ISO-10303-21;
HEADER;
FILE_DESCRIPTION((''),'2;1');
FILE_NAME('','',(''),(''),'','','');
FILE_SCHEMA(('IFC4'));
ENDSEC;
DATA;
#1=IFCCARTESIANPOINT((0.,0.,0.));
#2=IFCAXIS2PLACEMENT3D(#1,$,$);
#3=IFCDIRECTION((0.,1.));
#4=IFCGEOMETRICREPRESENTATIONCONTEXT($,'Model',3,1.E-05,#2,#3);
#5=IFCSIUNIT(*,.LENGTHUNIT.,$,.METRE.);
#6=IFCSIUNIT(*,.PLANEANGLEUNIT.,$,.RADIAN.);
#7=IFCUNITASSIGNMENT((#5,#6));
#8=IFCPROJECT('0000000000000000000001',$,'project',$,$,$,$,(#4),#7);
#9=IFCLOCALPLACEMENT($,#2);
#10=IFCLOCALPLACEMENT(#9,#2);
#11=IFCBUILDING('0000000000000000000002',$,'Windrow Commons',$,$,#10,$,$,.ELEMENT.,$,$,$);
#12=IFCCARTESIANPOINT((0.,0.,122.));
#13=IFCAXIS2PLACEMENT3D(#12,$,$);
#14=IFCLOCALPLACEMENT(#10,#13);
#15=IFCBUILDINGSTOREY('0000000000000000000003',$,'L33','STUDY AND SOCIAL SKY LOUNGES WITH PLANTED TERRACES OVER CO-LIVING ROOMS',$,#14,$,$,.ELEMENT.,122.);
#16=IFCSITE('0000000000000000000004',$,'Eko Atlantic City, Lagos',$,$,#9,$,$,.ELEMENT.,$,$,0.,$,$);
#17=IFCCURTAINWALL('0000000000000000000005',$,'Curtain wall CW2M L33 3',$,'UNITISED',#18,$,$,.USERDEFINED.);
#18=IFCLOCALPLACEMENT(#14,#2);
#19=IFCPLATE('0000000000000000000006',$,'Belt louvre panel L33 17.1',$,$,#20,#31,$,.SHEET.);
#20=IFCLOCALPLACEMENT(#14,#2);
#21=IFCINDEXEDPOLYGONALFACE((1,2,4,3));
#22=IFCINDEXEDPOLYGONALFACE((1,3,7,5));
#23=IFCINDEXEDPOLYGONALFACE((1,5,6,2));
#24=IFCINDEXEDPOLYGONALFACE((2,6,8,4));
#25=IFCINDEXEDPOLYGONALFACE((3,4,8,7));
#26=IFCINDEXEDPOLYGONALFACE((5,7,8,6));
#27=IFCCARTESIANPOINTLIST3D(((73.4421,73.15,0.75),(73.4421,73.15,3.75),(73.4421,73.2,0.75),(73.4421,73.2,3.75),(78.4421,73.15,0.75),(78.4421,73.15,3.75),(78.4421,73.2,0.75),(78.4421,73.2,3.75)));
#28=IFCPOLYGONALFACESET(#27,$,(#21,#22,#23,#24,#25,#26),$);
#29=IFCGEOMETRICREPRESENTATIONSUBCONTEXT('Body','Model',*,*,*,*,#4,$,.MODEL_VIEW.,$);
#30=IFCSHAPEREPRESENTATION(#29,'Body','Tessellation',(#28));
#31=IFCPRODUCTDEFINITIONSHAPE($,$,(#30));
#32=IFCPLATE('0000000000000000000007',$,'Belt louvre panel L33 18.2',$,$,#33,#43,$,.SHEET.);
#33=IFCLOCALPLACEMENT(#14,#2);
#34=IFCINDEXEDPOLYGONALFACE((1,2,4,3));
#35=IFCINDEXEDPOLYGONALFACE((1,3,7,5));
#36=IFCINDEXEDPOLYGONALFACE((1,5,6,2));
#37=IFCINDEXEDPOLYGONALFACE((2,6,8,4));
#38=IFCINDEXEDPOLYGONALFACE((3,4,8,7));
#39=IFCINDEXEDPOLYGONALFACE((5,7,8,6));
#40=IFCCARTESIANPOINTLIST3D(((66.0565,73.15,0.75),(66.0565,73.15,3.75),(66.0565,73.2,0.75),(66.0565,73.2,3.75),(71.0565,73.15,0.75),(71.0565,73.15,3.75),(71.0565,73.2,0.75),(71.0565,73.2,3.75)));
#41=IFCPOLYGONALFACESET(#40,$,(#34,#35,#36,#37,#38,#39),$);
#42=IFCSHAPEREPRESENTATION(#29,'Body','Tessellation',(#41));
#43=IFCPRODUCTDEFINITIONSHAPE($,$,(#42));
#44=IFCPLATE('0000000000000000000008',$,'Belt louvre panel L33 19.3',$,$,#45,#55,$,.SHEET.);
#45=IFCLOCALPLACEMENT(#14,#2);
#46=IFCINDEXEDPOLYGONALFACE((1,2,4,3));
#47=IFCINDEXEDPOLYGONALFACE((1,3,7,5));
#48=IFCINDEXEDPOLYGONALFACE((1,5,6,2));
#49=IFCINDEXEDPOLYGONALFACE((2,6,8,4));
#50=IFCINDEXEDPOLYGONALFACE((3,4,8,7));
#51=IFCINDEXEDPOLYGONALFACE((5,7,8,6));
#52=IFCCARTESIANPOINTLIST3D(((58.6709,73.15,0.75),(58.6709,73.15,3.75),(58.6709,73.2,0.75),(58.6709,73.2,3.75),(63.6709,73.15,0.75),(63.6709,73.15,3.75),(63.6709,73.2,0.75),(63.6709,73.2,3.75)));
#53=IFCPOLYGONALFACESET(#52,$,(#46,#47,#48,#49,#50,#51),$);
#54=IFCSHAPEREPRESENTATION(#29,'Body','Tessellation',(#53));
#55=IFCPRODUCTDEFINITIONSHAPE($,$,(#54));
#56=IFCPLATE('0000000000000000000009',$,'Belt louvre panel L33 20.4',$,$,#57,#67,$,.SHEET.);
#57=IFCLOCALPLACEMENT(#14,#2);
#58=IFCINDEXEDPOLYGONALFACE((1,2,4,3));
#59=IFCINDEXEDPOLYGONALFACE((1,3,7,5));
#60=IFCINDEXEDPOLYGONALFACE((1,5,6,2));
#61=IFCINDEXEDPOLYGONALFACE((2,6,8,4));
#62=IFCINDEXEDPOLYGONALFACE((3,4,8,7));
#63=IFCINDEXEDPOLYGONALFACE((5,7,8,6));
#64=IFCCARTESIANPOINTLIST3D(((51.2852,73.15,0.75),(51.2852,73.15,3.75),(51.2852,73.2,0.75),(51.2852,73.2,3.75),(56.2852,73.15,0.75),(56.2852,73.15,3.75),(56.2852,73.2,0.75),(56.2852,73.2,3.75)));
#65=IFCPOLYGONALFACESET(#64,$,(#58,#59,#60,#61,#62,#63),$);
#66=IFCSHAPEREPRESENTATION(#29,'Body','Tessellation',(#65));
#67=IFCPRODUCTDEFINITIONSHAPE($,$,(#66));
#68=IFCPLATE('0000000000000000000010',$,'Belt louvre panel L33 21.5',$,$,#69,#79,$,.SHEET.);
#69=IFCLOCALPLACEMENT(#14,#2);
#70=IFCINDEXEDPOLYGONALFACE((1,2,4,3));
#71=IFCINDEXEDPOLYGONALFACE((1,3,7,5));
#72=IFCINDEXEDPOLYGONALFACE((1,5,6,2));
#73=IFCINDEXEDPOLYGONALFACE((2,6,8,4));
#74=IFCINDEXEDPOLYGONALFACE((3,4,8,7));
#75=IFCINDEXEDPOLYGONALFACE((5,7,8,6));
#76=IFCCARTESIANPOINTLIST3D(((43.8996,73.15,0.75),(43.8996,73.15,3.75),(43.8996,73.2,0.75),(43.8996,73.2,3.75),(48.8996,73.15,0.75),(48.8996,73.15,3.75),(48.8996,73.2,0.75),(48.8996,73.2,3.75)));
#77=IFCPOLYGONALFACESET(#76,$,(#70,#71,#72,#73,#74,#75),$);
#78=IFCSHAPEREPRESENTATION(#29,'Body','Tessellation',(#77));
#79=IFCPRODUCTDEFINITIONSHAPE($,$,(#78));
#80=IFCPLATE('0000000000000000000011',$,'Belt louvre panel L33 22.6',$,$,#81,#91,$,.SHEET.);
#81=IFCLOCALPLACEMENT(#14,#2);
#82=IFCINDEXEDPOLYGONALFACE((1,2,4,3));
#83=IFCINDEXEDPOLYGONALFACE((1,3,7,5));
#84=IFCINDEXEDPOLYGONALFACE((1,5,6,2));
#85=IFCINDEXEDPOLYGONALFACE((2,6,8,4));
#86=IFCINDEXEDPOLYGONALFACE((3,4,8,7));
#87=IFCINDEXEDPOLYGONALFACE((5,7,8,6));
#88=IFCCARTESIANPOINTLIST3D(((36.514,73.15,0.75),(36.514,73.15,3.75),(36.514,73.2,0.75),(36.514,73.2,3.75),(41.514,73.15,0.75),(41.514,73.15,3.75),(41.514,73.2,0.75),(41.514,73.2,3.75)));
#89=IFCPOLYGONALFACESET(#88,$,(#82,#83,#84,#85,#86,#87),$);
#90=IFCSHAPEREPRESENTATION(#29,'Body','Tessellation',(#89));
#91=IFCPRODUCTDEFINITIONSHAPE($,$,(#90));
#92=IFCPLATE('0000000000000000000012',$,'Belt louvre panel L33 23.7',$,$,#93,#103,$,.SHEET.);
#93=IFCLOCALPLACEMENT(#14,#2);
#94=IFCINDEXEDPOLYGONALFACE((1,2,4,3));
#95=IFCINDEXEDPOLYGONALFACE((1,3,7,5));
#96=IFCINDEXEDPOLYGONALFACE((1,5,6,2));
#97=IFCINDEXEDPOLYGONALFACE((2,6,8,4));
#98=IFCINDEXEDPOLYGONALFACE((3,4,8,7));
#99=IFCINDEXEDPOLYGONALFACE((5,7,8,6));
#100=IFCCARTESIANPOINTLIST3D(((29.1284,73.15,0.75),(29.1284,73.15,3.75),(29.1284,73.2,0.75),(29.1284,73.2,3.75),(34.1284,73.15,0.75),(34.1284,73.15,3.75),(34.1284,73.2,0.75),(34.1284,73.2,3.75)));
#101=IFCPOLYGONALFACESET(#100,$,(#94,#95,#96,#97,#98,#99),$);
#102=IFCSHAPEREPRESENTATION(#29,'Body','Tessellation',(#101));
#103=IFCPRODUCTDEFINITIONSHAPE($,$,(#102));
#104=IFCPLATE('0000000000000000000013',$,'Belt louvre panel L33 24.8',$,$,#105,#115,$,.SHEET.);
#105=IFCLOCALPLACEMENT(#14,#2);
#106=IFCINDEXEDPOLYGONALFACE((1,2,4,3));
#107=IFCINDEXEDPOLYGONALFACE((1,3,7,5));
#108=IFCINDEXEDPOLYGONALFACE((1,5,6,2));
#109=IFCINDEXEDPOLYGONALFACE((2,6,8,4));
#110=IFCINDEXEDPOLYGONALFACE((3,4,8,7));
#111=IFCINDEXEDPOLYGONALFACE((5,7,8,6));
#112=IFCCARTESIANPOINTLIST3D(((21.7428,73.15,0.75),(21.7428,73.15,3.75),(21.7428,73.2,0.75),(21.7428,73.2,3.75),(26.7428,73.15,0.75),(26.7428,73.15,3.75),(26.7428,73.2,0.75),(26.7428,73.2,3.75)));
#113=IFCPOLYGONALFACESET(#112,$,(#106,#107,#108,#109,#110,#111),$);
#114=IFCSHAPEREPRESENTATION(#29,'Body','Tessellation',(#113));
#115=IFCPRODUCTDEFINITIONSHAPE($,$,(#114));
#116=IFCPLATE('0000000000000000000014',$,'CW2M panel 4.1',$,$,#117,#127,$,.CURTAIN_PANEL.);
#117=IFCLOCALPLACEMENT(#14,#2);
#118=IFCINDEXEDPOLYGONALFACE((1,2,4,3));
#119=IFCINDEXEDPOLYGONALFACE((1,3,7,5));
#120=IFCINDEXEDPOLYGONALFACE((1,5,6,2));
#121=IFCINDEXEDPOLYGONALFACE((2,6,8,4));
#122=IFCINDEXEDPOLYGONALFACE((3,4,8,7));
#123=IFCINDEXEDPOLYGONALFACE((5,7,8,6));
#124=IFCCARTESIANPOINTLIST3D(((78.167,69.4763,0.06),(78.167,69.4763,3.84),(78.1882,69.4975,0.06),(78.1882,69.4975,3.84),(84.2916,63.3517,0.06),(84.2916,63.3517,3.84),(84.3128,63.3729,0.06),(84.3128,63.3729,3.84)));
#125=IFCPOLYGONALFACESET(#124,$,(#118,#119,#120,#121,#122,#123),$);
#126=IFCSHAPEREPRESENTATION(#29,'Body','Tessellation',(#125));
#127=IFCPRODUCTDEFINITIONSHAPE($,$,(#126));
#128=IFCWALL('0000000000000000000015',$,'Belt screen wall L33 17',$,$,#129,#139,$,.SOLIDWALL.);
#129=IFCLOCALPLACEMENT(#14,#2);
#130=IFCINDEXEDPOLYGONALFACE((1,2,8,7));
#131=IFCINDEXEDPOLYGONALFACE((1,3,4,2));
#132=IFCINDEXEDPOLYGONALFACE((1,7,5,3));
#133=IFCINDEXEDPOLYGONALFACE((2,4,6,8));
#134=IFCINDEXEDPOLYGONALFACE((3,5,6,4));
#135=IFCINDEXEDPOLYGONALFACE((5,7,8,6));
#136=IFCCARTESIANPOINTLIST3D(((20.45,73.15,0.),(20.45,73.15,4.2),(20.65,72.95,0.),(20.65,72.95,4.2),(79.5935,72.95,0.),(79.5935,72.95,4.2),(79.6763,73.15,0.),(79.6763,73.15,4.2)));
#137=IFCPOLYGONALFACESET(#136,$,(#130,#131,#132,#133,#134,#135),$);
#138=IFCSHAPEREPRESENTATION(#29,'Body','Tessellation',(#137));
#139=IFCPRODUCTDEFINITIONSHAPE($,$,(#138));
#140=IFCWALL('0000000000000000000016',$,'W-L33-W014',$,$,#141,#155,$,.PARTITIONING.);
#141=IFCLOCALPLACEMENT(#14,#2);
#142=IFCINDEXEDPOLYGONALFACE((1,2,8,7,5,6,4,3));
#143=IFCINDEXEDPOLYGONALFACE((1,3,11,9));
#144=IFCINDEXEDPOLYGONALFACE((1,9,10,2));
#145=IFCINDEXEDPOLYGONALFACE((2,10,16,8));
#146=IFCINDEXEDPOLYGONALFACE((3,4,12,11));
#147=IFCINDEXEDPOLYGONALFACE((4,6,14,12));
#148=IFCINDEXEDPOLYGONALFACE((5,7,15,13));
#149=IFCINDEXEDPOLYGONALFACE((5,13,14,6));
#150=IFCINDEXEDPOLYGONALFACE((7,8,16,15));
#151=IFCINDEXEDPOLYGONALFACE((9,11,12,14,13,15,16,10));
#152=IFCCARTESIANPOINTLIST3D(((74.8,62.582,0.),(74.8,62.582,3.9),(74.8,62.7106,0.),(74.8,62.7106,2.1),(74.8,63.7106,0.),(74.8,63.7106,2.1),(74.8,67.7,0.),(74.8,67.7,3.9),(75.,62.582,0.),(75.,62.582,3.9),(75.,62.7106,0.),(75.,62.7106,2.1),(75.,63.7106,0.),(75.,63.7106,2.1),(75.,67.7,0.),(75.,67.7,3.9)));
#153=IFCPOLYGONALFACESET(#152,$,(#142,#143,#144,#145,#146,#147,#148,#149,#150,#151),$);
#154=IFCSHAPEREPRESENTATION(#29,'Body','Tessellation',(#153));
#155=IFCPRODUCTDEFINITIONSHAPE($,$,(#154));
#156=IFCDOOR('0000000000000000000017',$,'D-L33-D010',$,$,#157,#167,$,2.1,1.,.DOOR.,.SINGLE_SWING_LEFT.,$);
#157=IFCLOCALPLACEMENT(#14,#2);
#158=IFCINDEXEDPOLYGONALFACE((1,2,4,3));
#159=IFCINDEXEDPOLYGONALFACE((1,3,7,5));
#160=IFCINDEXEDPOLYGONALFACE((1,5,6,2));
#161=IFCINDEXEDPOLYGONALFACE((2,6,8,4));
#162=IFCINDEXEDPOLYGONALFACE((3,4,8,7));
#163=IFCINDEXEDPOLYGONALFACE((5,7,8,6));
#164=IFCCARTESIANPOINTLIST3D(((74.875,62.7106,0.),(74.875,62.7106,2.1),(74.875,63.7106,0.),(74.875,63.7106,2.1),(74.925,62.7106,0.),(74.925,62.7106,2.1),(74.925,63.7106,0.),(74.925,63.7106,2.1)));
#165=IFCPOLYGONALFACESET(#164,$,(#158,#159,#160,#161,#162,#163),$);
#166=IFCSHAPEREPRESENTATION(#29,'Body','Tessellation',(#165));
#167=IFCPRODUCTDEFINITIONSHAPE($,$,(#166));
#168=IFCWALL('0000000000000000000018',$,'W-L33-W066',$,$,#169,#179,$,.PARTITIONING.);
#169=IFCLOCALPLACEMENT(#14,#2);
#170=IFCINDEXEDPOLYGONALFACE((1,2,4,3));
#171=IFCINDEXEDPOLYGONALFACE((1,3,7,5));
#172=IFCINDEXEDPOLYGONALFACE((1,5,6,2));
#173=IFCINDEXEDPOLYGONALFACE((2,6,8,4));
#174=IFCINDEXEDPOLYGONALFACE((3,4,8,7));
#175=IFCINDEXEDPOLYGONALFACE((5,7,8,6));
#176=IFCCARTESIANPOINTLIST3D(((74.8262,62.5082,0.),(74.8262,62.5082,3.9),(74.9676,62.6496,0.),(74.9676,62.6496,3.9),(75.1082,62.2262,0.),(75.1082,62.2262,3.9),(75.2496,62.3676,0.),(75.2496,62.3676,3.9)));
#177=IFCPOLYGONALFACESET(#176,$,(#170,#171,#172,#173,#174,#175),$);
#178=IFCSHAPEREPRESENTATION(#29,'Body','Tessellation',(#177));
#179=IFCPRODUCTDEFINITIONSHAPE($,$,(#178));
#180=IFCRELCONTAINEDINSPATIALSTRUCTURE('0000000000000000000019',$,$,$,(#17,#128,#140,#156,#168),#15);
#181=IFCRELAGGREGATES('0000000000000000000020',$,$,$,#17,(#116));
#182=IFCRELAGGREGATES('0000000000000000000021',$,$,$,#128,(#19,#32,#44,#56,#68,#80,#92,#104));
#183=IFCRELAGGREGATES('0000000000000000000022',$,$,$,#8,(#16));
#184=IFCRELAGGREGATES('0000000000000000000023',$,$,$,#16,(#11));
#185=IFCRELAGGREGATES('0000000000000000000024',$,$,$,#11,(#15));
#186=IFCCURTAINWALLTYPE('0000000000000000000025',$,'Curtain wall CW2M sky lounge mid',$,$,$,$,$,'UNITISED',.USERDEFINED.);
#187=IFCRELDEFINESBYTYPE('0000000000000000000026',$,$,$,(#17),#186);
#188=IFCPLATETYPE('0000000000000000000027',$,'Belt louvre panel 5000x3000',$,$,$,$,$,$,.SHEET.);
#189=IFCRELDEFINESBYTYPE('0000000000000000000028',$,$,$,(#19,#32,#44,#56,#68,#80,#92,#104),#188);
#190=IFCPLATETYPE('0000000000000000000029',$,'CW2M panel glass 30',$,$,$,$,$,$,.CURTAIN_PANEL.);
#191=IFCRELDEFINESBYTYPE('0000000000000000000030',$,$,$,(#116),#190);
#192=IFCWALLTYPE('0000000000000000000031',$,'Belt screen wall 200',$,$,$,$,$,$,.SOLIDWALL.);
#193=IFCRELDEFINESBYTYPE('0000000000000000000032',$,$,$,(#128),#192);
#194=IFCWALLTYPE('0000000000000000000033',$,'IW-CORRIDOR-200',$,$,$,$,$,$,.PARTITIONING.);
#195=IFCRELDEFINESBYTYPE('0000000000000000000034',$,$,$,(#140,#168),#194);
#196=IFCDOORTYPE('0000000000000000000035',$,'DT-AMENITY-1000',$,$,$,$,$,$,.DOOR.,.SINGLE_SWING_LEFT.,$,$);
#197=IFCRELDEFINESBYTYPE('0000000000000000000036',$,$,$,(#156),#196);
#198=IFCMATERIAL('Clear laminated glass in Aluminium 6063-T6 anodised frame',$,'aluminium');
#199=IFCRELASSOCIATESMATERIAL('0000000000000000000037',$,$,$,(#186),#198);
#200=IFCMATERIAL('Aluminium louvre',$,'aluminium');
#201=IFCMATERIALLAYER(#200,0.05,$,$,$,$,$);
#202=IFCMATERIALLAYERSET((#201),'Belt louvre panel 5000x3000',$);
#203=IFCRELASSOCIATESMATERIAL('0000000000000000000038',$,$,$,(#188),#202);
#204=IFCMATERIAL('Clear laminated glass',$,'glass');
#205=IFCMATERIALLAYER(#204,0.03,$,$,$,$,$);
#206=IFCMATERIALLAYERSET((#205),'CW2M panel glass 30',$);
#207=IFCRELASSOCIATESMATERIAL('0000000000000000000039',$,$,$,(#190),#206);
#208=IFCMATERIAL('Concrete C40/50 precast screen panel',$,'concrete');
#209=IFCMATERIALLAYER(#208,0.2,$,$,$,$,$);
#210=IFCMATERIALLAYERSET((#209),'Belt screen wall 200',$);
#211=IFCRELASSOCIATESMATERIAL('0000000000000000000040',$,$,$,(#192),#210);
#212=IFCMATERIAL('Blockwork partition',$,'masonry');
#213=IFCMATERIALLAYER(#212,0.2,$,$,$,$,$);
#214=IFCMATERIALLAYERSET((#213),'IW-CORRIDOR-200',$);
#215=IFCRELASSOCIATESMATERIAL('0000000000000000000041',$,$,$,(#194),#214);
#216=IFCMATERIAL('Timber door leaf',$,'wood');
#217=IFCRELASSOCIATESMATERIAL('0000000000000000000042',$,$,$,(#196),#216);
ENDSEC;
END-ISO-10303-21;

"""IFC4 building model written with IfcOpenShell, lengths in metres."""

from ifc_helpers import new_model, si_unit, direction, frame, frame_2d, origin, origin_2d, place, context, subcontext, project, spatial, polyline, rectangle, outline, extrude, material, layer, layer_set, type_object, element, fill, aggregate, save


model = new_model("IFC4")

# Units and contexts
model_context = context("Model", 3, precision=1e-05, world=origin(), true_north=direction((0.0, 1.0)))
body_context = subcontext(model_context, "Body", "Model", "MODEL_VIEW")
ifc_project = project(units=[si_unit("LENGTHUNIT", "METRE"), si_unit("PLANEANGLEUNIT", "RADIAN")], contexts=[model_context])

# Site, building, storey
site_placement = place(None, origin())
site = spatial("IfcSite", under=ifc_project, at=site_placement, Name="Eko Atlantic City, Lagos", CompositionType="ELEMENT", RefElevation=0.0)
building_placement = place(site_placement, origin())
building = spatial("IfcBuilding", under=site, at=building_placement, Name="Windrow Commons", CompositionType="ELEMENT")
storey_placement = place(building_placement, frame((0.0, 0.0, 122.0)))
storey = spatial("IfcBuildingStorey", under=building, at=storey_placement, Name="L33", Description="STUDY AND SOCIAL SKY LOUNGES WITH PLANTED TERRACES OVER CO-LIVING ROOMS", CompositionType="ELEMENT", Elevation=122.0)

# Curtain wall
ifc_material_1 = material(Name="Clear laminated glass in Aluminium 6063-T6 anodised frame", Category="aluminium")
curtain_wall_type = type_object("IfcCurtainWallType", Name="Curtain wall CW2M sky lounge mid", ElementType="UNITISED", PredefinedType="USERDEFINED", material=ifc_material_1)
placement = place(storey_placement, origin())
curtain_wall_1 = element("IfcCurtainWall", 1, at=placement, inside=storey, type_object=curtain_wall_type, Name="Curtain wall CW2M L33 3", ObjectType="UNITISED", PredefinedType="USERDEFINED")

# Plates
ifc_material_2 = material(Name="Aluminium louvre", Category="aluminium")
ifc_layer_1 = layer(ifc_material_2, 0.05)
ifc_layer_set_1 = layer_set([ifc_layer_1], Name="Belt louvre panel 5000x3000")
plate_type_1 = type_object("IfcPlateType", Name="Belt louvre panel 5000x3000", PredefinedType="SHEET", material=ifc_layer_set_1)
plate_1_placement = place(storey_placement, frame((78.4421, 73.2, 0.75), z_axis=(0.0, 1.0, 0.0), x_axis=(-1.0, 0.0, 0.0)))
plate_1 = element("IfcPlate", 2, at=plate_1_placement, type_object=plate_type_1, Name="Belt louvre panel L33 17.1", PredefinedType="SHEET", context=body_context, shape_type="SweptSolid", body=[
    extrude(outline(polyline([(0.0, 0.0), (5.0, 0.0), (5.0, 3.0), (0.0, 3.0), (0.0, 0.0)])), origin(), (0.0, 0.0, -1.0), 0.05),
])
plate_2_placement = place(storey_placement, frame((71.0565, 73.2, 0.75), z_axis=(0.0, 1.0, 0.0), x_axis=(-1.0, 0.0, 0.0)))
plate_2 = element("IfcPlate", 3, at=plate_2_placement, type_object=plate_type_1, Name="Belt louvre panel L33 18.2", PredefinedType="SHEET", context=body_context, shape_type="SweptSolid", body=[
    extrude(outline(polyline([(0.0, 0.0), (5.0, 0.0), (5.0, 3.0), (0.0, 3.0), (0.0, 0.0)])), origin(), (0.0, 0.0, -1.0), 0.05),
])
plate_3_placement = place(storey_placement, frame((63.6709, 73.2, 0.75), z_axis=(0.0, 1.0, 0.0), x_axis=(-1.0, 0.0, 0.0)))
plate_3 = element("IfcPlate", 4, at=plate_3_placement, type_object=plate_type_1, Name="Belt louvre panel L33 19.3", PredefinedType="SHEET", context=body_context, shape_type="SweptSolid", body=[
    extrude(outline(polyline([(0.0, 0.0), (5.0, 0.0), (5.0, 3.0), (0.0, 3.0), (0.0, 0.0)])), origin(), (0.0, 0.0, -1.0), 0.05),
])
plate_4_placement = place(storey_placement, frame((56.2852, 73.2, 0.75), z_axis=(0.0, 1.0, 0.0), x_axis=(-1.0, 0.0, 0.0)))
plate_4 = element("IfcPlate", 5, at=plate_4_placement, type_object=plate_type_1, Name="Belt louvre panel L33 20.4", PredefinedType="SHEET", context=body_context, shape_type="SweptSolid", body=[
    extrude(outline(polyline([(0.0, 0.0), (5.0, 0.0), (5.0, 3.0), (0.0, 3.0), (0.0, 0.0)])), origin(), (0.0, 0.0, -1.0), 0.05),
])
plate_5_placement = place(storey_placement, frame((48.8996, 73.2, 0.75), z_axis=(0.0, 1.0, 0.0), x_axis=(-1.0, 0.0, 0.0)))
plate_5 = element("IfcPlate", 6, at=plate_5_placement, type_object=plate_type_1, Name="Belt louvre panel L33 21.5", PredefinedType="SHEET", context=body_context, shape_type="SweptSolid", body=[
    extrude(outline(polyline([(0.0, 0.0), (5.0, 0.0), (5.0, 3.0), (0.0, 3.0), (0.0, 0.0)])), origin(), (0.0, 0.0, -1.0), 0.05),
])
plate_6_placement = place(storey_placement, frame((41.514, 73.2, 0.75), z_axis=(0.0, 1.0, 0.0), x_axis=(-1.0, 0.0, 0.0)))
plate_6 = element("IfcPlate", 7, at=plate_6_placement, type_object=plate_type_1, Name="Belt louvre panel L33 22.6", PredefinedType="SHEET", context=body_context, shape_type="SweptSolid", body=[
    extrude(outline(polyline([(0.0, 0.0), (5.0, 0.0), (5.0, 3.0), (0.0, 3.0), (0.0, 0.0)])), origin(), (0.0, 0.0, -1.0), 0.05),
])
plate_7_placement = place(storey_placement, frame((34.1284, 73.2, 0.75), z_axis=(0.0, 1.0, 0.0), x_axis=(-1.0, 0.0, 0.0)))
plate_7 = element("IfcPlate", 8, at=plate_7_placement, type_object=plate_type_1, Name="Belt louvre panel L33 23.7", PredefinedType="SHEET", context=body_context, shape_type="SweptSolid", body=[
    extrude(outline(polyline([(0.0, 0.0), (5.0, 0.0), (5.0, 3.0), (0.0, 3.0), (0.0, 0.0)])), origin(), (0.0, 0.0, -1.0), 0.05),
])
plate_8_placement = place(storey_placement, frame((26.7428, 73.2, 0.75), z_axis=(0.0, 1.0, 0.0), x_axis=(-1.0, 0.0, 0.0)))
plate_8 = element("IfcPlate", 9, at=plate_8_placement, type_object=plate_type_1, Name="Belt louvre panel L33 24.8", PredefinedType="SHEET", context=body_context, shape_type="SweptSolid", body=[
    extrude(outline(polyline([(0.0, 0.0), (5.0, 0.0), (5.0, 3.0), (0.0, 3.0), (0.0, 0.0)])), origin(), (0.0, 0.0, -1.0), 0.05),
])
ifc_material_3 = material(Name="Clear laminated glass", Category="glass")
ifc_layer_2 = layer(ifc_material_3, 0.03)
ifc_layer_set_2 = layer_set([ifc_layer_2], Name="CW2M panel glass 30")
plate_type_2 = type_object("IfcPlateType", Name="CW2M panel glass 30", PredefinedType="CURTAIN_PANEL", material=ifc_layer_set_2)
plate_9_placement = place(storey_placement, frame((81.2399, 66.4246, 0.06), z_axis=(0.0, 0.0, 1.0), x_axis=(-0.707107, 0.707107, 0.0)))
plate_9 = element("IfcPlate", 10, at=plate_9_placement, type_object=plate_type_2, Name="CW2M panel 4.1", PredefinedType="CURTAIN_PANEL", context=body_context, shape_type="SweptSolid", body=[
    extrude(rectangle(XDim=8.6615, YDim=0.03, at=origin_2d()), origin(), (0.0, 0.0, 1.0), 3.78),
])
aggregate(curtain_wall_1, [plate_9])

# Wall
ifc_material_4 = material(Name="Concrete C40/50 precast screen panel", Category="concrete")
ifc_layer_3 = layer(ifc_material_4, 0.2)
ifc_layer_set_3 = layer_set([ifc_layer_3], Name="Belt screen wall 200")
wall_type_1 = type_object("IfcWallType", Name="Belt screen wall 200", PredefinedType="SOLIDWALL", material=ifc_layer_set_3)
wall_1_placement = place(storey_placement, frame((79.6349, 73.05, 0.0), z_axis=(0.0, 0.0, 1.0), x_axis=(-1.0, 0.0, 0.0)))
wall_1 = element("IfcWall", 11, at=wall_1_placement, inside=storey, type_object=wall_type_1, Name="Belt screen wall L33 17", PredefinedType="SOLIDWALL", context=body_context, shape_type="SweptSolid", body=[
    extrude(outline(polyline([(-0.0414, -0.1), (59.1849, -0.1), (58.9849, 0.1), (0.0414, 0.1), (-0.0414, -0.1)])), origin(), (0.0, 0.0, 1.0), 4.2),
])
aggregate(wall_1, [plate_1, plate_2, plate_3, plate_4, plate_5, plate_6, plate_7, plate_8])

# Wall, opening, door
ifc_material_5 = material(Name="Blockwork partition", Category="masonry")
ifc_layer_4 = layer(ifc_material_5, 0.2)
ifc_layer_set_4 = layer_set([ifc_layer_4], Name="IW-CORRIDOR-200")
wall_type_2 = type_object("IfcWallType", Name="IW-CORRIDOR-200", PredefinedType="PARTITIONING", material=ifc_layer_set_4)
wall_2_placement = place(storey_placement, frame((74.9, 62.582, 0.0), z_axis=(0.0, 0.0, 1.0), x_axis=(0.0, 1.0, 0.0)))
wall_2 = element("IfcWall", 12, at=wall_2_placement, inside=storey, type_object=wall_type_2, Name="W-L33-W014", PredefinedType="PARTITIONING", context=body_context, shape_type="SweptSolid", body=[
    extrude(rectangle(XDim=5.118, YDim=0.2, at=frame_2d((2.559, 0.0))), origin(), (0.0, 0.0, 1.0), 3.9),
])
opening_placement = place(wall_2_placement, frame((0.1286, 0.0, 0.0)))
opening = element("IfcOpeningElement", 13, at=opening_placement, cuts=wall_2, PredefinedType="OPENING", context=body_context, shape_type="SweptSolid", body=[
    extrude(rectangle(XDim=1.0, YDim=2.1, at=frame_2d((0.5, 1.05))), frame((0.0, 0.11, 0.0), z_axis=(0.0, -1.0, 0.0), x_axis=(1.0, 0.0, 0.0)), (0.0, 0.0, 1.0), 0.22),
])
ifc_material_6 = material(Name="Timber door leaf", Category="wood")
door_type = type_object("IfcDoorType", Name="DT-AMENITY-1000", OperationType="SINGLE_SWING_LEFT", PredefinedType="DOOR", material=ifc_material_6)
door_placement = place(opening_placement, origin())
door = element("IfcDoor", 14, at=door_placement, inside=storey, type_object=door_type, Name="D-L33-D010", OperationType="SINGLE_SWING_LEFT", OverallHeight=2.1, OverallWidth=1.0, PredefinedType="DOOR", context=body_context, shape_type="SweptSolid", body=[
    extrude(rectangle(XDim=1.0, YDim=2.1, at=frame_2d((0.5, 1.05))), frame((0.0, 0.025, 0.0), z_axis=(0.0, -1.0, 0.0), x_axis=(1.0, 0.0, 0.0)), (0.0, 0.0, 1.0), 0.05),
])
fill(opening, door)

# Wall
wall_3_placement = place(storey_placement, frame((74.8969, 62.5789, 0.0), z_axis=(0.0, 0.0, 1.0), x_axis=(0.707107, -0.707107, 0.0)))
element("IfcWall", 15, at=wall_3_placement, inside=storey, type_object=wall_type_2, Name="W-L33-W066", PredefinedType="PARTITIONING", context=body_context, shape_type="SweptSolid", body=[
    extrude(rectangle(XDim=0.3988, YDim=0.2, at=frame_2d((0.1994, 0.0))), origin(), (0.0, 0.0, 1.0), 3.9),
])

save(model, "model.ifc")
